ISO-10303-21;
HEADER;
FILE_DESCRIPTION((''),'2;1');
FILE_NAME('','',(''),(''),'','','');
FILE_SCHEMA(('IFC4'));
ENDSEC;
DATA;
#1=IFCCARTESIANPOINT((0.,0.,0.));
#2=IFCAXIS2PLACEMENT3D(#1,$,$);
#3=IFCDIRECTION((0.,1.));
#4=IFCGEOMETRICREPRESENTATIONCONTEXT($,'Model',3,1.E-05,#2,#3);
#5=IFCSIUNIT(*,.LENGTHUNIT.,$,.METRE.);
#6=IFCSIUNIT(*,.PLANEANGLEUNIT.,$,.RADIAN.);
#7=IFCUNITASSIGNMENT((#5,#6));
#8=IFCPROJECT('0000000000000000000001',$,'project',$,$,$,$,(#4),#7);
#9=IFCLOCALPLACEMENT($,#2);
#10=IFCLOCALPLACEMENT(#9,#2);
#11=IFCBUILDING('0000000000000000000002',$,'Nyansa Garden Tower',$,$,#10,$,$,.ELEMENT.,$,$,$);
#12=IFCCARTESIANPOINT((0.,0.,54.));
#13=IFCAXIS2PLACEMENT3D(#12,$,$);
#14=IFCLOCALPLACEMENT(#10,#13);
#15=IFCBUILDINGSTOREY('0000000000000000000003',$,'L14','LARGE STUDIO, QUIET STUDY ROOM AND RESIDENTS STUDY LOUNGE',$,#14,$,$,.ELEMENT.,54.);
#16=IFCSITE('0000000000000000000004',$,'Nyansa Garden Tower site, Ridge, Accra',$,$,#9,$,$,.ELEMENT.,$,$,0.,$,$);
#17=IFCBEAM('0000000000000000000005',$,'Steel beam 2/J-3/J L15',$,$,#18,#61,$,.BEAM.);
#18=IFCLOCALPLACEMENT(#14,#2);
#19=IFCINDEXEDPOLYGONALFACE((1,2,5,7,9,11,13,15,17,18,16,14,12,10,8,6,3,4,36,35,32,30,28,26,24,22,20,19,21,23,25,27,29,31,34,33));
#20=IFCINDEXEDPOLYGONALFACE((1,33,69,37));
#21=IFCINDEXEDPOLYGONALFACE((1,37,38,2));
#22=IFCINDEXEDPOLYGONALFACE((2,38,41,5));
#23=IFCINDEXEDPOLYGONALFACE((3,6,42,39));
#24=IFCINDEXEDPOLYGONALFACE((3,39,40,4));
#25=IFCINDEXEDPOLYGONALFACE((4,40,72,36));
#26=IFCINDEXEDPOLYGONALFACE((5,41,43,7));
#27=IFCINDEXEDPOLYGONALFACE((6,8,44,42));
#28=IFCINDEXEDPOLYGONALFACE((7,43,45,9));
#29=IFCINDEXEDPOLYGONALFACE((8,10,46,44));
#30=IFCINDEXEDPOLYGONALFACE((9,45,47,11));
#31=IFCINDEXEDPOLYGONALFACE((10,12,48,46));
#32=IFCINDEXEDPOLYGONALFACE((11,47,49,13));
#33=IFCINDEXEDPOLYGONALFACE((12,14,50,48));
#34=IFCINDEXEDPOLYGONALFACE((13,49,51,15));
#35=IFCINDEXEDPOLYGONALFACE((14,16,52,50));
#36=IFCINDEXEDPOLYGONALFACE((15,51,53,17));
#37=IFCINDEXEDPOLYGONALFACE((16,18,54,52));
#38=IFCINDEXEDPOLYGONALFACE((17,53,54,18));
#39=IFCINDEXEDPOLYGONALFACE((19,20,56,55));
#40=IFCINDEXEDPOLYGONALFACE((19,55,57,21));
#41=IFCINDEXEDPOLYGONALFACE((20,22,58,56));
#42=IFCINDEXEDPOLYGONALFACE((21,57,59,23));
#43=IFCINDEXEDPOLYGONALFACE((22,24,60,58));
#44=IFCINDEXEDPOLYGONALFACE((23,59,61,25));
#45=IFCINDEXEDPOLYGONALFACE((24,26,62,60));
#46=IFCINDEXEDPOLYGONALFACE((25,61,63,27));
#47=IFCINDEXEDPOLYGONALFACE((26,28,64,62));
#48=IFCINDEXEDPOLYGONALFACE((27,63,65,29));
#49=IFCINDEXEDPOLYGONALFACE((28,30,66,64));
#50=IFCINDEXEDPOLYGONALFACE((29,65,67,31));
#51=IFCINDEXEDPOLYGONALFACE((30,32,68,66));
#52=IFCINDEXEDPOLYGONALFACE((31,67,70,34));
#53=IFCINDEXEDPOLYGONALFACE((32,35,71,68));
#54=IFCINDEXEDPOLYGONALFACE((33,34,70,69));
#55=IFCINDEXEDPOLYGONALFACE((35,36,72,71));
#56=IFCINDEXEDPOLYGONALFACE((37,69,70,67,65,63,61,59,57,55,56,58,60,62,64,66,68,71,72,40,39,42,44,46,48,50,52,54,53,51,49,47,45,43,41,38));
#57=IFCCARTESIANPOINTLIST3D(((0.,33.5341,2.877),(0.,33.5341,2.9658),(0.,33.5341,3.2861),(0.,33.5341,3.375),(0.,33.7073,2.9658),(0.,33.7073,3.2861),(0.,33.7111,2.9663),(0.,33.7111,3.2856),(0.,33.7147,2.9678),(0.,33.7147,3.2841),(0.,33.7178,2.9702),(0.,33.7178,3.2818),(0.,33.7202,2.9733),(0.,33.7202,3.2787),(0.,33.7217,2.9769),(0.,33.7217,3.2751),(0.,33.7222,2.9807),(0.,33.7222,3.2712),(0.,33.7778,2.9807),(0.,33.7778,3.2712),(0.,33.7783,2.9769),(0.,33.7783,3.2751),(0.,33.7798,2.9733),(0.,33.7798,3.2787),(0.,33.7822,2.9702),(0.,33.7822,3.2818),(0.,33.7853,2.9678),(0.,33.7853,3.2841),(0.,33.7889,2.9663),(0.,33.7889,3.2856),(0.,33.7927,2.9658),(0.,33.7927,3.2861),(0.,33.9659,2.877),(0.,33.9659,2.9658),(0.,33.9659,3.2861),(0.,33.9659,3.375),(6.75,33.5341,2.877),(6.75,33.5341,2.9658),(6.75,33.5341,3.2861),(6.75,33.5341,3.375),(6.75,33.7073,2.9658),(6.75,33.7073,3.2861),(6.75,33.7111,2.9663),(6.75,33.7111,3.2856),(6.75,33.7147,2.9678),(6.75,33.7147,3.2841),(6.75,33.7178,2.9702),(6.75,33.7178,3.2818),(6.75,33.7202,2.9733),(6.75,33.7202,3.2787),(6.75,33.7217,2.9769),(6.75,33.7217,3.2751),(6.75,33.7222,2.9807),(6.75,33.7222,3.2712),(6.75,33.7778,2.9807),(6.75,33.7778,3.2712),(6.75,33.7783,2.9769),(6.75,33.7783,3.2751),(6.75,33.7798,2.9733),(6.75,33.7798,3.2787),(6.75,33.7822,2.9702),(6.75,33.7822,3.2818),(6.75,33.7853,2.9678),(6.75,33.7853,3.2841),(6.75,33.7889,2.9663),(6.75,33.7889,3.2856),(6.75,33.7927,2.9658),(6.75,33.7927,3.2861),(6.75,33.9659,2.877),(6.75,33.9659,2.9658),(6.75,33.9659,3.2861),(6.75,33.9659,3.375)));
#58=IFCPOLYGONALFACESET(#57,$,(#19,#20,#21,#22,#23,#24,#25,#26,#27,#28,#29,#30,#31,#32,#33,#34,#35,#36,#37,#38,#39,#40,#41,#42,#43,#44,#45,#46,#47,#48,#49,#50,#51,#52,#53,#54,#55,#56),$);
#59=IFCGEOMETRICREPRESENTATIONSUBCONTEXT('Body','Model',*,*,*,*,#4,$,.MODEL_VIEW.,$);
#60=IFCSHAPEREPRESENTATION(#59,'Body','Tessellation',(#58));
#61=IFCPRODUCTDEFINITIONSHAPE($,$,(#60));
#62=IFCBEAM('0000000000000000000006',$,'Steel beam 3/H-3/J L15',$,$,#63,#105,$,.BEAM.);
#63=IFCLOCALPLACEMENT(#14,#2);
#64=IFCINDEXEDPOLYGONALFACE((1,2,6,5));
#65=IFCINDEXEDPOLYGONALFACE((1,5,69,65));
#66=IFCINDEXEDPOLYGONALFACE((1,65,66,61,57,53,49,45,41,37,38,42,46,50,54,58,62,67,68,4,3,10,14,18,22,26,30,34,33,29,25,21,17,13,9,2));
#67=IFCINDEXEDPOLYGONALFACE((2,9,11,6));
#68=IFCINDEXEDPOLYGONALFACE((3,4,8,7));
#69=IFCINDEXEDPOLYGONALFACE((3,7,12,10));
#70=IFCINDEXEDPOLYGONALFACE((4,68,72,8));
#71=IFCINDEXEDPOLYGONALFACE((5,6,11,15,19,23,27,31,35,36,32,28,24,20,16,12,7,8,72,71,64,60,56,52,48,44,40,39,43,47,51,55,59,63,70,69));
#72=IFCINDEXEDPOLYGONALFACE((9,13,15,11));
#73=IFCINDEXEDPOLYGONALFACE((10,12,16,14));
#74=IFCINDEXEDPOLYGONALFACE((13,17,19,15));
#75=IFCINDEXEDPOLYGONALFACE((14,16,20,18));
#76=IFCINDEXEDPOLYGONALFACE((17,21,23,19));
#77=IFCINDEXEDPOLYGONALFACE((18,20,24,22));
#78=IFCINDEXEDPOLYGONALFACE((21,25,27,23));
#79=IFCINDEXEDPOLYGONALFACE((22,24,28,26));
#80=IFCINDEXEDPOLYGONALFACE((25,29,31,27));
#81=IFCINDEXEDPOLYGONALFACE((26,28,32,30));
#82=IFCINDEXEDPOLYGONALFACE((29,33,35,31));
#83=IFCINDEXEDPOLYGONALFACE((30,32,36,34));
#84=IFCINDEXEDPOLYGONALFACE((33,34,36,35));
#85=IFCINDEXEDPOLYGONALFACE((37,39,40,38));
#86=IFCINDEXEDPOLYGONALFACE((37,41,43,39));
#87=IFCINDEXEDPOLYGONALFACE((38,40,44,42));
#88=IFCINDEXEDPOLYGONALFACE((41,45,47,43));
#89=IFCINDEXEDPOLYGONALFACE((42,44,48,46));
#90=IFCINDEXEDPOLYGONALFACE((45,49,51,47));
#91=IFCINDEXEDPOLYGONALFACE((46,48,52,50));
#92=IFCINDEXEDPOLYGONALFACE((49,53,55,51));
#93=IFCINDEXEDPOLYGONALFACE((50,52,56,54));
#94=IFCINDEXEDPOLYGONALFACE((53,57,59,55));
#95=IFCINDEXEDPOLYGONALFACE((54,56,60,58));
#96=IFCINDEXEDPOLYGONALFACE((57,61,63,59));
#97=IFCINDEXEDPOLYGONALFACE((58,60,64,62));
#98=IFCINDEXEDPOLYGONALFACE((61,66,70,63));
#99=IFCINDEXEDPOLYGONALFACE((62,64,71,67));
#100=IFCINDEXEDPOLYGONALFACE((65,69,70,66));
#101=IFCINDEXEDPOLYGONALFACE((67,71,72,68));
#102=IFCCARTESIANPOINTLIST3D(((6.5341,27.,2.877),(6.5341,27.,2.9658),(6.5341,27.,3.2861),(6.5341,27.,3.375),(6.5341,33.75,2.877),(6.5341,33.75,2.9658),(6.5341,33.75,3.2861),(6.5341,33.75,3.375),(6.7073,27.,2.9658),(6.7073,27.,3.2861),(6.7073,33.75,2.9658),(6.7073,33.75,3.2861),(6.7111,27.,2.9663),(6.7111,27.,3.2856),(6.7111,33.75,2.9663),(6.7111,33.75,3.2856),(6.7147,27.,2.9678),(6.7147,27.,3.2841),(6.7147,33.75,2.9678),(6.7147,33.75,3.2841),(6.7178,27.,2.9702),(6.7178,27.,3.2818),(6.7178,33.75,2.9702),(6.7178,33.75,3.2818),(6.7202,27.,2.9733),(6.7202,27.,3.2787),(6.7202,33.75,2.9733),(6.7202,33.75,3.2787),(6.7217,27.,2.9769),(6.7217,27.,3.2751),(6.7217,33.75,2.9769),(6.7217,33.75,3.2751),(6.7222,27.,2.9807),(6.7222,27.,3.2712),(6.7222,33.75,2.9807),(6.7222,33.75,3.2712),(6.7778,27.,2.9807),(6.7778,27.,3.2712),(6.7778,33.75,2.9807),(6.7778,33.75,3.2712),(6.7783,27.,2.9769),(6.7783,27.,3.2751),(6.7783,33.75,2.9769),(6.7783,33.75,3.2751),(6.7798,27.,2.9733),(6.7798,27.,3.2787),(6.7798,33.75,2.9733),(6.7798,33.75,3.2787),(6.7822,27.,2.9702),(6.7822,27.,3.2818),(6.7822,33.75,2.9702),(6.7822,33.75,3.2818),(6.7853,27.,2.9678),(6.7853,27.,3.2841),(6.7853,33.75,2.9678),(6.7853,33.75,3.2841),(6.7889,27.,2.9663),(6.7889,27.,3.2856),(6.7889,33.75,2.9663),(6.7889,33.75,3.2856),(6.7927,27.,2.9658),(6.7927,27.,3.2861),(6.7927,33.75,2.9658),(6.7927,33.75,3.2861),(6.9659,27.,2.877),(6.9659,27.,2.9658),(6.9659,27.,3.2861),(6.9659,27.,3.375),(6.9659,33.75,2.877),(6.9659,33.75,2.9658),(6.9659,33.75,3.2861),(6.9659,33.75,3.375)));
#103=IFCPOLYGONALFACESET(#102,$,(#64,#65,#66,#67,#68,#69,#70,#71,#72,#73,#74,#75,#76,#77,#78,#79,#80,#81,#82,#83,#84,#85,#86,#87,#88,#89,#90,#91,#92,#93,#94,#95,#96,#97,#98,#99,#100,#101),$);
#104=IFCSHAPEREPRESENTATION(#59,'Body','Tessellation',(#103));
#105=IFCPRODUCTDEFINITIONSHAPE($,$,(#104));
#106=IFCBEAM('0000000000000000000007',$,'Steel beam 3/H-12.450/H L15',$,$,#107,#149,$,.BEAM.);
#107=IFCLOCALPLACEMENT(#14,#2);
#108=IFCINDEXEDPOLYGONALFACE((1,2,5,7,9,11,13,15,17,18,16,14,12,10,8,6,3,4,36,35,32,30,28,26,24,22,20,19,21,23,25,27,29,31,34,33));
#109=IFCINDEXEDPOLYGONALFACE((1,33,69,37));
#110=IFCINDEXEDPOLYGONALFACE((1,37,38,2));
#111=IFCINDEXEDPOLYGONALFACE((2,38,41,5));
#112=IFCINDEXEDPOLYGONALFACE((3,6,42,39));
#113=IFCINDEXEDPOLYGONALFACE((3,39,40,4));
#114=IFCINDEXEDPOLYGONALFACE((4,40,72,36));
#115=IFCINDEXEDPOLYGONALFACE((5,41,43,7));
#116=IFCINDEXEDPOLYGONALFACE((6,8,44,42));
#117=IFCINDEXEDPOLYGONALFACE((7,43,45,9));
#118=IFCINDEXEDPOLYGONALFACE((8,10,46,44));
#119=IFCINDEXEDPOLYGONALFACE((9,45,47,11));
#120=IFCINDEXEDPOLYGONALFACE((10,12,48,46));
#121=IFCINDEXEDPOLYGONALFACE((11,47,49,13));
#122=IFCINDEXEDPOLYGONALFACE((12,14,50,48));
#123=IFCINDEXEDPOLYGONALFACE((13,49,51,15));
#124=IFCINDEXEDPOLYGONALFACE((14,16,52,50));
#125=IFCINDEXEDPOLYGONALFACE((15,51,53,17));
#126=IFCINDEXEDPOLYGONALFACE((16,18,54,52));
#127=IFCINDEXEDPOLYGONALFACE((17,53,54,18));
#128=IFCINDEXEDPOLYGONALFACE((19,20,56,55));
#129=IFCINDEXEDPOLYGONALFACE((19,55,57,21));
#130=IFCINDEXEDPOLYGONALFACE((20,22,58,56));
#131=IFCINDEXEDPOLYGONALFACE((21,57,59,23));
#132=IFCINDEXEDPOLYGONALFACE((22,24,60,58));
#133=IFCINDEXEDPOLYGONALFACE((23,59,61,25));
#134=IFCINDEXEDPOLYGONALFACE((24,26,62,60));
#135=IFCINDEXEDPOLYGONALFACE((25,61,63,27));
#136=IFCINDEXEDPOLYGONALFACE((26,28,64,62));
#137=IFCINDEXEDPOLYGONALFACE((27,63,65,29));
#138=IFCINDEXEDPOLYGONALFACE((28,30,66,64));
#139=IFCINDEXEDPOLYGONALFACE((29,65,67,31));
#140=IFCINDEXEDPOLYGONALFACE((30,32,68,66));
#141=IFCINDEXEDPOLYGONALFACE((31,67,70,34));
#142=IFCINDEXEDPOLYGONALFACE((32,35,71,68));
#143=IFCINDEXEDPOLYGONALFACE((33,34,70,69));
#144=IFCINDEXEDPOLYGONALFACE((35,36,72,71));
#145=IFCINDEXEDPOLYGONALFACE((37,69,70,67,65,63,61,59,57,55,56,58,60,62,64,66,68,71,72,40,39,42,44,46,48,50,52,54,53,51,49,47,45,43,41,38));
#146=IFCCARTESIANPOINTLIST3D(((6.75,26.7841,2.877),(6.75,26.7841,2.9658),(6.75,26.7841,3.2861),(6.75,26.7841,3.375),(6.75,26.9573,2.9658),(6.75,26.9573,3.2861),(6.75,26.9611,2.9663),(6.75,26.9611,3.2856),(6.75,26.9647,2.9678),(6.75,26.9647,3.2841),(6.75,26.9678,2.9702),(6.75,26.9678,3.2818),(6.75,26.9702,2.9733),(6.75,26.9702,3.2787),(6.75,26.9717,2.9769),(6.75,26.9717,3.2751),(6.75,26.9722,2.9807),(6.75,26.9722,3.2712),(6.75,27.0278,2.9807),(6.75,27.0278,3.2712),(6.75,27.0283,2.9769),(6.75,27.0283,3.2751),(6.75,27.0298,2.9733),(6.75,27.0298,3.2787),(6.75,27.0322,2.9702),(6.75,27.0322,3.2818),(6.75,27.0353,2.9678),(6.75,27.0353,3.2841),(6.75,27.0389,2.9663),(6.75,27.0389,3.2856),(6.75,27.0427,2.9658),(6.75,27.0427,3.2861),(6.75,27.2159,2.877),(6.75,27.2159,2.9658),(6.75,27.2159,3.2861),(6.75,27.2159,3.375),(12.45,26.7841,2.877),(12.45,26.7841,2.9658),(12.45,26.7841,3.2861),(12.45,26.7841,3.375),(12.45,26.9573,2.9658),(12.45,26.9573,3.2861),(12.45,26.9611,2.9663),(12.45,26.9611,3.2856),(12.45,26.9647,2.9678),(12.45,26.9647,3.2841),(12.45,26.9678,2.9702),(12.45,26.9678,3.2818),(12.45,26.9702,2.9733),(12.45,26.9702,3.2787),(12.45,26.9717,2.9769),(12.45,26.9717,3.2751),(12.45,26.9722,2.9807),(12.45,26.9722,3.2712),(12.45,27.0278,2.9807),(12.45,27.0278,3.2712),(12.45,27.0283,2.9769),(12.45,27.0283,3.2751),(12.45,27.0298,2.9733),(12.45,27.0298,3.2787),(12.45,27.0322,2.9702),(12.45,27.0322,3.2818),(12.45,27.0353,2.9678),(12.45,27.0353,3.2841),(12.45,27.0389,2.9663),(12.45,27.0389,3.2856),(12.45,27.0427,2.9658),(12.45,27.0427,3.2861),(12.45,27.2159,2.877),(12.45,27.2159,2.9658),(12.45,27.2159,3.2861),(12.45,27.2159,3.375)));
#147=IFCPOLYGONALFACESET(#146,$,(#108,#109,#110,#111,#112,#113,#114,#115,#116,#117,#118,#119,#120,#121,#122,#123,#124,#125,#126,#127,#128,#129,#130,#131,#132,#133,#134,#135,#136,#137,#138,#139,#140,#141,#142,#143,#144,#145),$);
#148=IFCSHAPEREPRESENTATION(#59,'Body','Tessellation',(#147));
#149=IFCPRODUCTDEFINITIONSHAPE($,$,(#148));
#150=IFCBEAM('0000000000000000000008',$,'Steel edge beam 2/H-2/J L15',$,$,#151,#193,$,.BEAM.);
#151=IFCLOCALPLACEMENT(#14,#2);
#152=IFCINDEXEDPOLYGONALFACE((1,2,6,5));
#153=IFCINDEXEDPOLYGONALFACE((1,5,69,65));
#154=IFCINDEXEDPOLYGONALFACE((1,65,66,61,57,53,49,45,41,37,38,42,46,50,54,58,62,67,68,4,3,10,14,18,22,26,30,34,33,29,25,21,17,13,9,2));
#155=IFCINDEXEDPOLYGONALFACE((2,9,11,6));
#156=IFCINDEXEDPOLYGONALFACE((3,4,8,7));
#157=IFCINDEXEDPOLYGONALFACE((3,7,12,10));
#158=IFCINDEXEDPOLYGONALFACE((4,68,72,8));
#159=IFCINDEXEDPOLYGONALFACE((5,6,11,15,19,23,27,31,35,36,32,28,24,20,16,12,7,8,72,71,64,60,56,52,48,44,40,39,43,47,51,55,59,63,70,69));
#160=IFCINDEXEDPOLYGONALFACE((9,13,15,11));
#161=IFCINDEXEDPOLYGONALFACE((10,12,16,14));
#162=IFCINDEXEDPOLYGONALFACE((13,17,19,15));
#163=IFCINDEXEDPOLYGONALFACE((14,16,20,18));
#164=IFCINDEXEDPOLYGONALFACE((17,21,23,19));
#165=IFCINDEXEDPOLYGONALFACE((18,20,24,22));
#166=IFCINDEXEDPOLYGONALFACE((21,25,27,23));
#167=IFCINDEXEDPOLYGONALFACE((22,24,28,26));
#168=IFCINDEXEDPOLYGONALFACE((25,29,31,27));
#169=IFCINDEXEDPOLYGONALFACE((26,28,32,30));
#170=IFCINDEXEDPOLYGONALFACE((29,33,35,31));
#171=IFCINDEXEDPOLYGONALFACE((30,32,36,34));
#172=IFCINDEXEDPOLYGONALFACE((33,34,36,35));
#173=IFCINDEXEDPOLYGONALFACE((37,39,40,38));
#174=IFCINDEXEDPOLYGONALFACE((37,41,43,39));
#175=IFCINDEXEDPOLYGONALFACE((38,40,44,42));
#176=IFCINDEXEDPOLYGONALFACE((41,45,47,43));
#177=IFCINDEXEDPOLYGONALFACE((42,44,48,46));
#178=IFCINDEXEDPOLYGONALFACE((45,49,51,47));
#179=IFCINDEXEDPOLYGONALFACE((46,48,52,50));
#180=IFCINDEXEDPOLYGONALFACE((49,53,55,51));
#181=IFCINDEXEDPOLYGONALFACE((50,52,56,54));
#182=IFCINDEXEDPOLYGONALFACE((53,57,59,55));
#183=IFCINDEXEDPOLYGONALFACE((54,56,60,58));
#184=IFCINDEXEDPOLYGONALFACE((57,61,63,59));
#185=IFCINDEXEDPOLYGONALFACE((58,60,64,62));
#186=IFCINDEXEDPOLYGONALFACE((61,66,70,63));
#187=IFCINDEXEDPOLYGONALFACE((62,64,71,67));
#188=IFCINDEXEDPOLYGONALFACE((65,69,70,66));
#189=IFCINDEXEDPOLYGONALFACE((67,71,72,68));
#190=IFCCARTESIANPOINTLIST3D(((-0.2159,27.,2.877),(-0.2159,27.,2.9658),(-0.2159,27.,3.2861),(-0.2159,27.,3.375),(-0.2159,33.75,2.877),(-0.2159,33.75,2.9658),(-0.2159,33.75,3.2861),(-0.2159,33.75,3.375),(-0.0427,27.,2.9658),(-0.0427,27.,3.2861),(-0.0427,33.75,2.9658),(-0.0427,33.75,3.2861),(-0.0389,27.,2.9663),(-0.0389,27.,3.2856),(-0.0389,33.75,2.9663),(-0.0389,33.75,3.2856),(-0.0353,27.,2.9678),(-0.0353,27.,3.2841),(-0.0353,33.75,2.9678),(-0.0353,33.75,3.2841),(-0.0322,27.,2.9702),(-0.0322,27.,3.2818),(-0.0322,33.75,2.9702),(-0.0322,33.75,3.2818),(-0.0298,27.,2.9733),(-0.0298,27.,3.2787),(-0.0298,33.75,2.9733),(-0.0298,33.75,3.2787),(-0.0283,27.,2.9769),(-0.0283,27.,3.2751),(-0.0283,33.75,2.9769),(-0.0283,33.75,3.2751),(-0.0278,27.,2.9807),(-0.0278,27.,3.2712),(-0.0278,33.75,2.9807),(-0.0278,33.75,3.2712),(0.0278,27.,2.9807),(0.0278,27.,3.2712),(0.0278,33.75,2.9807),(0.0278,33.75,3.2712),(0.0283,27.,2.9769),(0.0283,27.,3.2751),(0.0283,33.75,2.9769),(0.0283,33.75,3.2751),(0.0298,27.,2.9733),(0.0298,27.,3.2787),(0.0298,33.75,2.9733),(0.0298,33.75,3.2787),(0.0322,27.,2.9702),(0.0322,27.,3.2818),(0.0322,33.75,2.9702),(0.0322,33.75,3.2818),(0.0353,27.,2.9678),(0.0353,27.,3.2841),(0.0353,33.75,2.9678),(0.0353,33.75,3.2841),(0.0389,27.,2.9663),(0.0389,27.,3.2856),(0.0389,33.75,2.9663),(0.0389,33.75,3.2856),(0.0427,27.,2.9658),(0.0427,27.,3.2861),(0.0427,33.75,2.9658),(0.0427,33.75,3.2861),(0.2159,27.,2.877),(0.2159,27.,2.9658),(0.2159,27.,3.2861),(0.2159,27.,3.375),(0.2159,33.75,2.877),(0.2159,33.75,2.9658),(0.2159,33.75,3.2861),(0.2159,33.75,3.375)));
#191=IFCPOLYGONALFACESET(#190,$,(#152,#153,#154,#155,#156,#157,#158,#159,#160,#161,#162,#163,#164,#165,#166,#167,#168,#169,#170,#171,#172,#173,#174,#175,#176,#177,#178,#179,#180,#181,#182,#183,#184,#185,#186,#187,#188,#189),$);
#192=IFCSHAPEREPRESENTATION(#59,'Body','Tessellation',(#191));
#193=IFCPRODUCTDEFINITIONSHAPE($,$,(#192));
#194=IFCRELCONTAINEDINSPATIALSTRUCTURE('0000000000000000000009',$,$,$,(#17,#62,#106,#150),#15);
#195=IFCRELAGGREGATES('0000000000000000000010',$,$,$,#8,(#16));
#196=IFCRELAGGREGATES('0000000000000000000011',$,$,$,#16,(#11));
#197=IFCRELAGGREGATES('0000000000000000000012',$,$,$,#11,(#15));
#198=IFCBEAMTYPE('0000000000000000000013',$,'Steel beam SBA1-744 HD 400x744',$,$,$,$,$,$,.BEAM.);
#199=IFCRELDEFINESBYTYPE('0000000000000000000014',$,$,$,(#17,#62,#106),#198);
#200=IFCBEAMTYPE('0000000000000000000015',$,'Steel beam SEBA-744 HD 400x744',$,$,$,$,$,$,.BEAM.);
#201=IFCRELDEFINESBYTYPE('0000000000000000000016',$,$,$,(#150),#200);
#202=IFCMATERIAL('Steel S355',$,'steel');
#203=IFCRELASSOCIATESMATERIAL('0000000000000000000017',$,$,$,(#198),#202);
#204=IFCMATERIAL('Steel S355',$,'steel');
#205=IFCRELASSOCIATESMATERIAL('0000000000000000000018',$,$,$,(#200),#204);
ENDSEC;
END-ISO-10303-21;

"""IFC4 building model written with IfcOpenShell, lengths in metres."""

from ifc_helpers import new_model, si_unit, direction, frame, origin, origin_2d, place, context, subcontext, project, spatial, i_section, extrude, material, material_profile, profile_set, type_object, element, save


model = new_model("IFC4")

# Units and contexts
model_context = context("Model", 3, precision=1e-05, world=origin(), true_north=direction((0.0, 1.0)))
body_context = subcontext(model_context, "Body", "Model", "MODEL_VIEW")
ifc_project = project(units=[si_unit("LENGTHUNIT", "METRE"), si_unit("PLANEANGLEUNIT", "RADIAN")], contexts=[model_context])

# Site, building, storey
site_placement = place(None, origin())
site = spatial("IfcSite", under=ifc_project, at=site_placement, Name="Nyansa Garden Tower site, Ridge, Accra", CompositionType="ELEMENT", RefElevation=0.0)
building_placement = place(site_placement, origin())
building = spatial("IfcBuilding", under=site, at=building_placement, Name="Nyansa Garden Tower", CompositionType="ELEMENT")
storey_placement = place(building_placement, frame((0.0, 0.0, 54.0)))
storey = spatial("IfcBuildingStorey", under=building, at=storey_placement, Name="L14", Description="LARGE STUDIO, QUIET STUDY ROOM AND RESIDENTS STUDY LOUNGE", CompositionType="ELEMENT", Elevation=54.0)

# Beams
ifc_material_1 = material(Name="Steel S355", Category="steel")
ifc_material_profile_1 = material_profile(ifc_material_1, i_section(OverallWidth=0.4319, OverallDepth=0.498, WebThickness=0.0557, FlangeThickness=0.0889, FilletRadius=0.0149, at=origin_2d()), Name="HD 400x744")
ifc_profile_set_1 = profile_set([ifc_material_profile_1], Name="Steel S355")
beam_type_1 = type_object("IfcBeamType", Name="Steel beam SBA1-744 HD 400x744", PredefinedType="BEAM", material=ifc_profile_set_1)
for number, where, z_axis, x_axis, name in (
    (1, (0.0, 33.75, 3.126), (1.0, 0.0, 0.0), (0.0, 1.0, 0.0), "Steel beam 2/J-3/J L15"),
    (2, (6.75, 27.0, 3.126), (0.0, 1.0, 0.0), (-1.0, 0.0, 0.0), "Steel beam 3/H-3/J L15"),
):
    element("IfcBeam", number, at=place(storey_placement, frame(where, z_axis=z_axis, x_axis=x_axis)), inside=storey, type_object=beam_type_1, Name=name, PredefinedType="BEAM", context=body_context, shape_type="SweptSolid", body=[
        extrude(i_section(OverallWidth=0.4319, OverallDepth=0.498, WebThickness=0.0557, FlangeThickness=0.0889, FilletRadius=0.0149, at=origin_2d()), origin(), (0.0, 0.0, 1.0), 6.75),
    ])
beam_1_placement = place(storey_placement, frame((6.75, 27.0, 3.126), z_axis=(1.0, 0.0, 0.0), x_axis=(0.0, 1.0, 0.0)))
element("IfcBeam", 3, at=beam_1_placement, inside=storey, type_object=beam_type_1, Name="Steel beam 3/H-12.450/H L15", PredefinedType="BEAM", context=body_context, shape_type="SweptSolid", body=[
    extrude(i_section(OverallWidth=0.4319, OverallDepth=0.498, WebThickness=0.0557, FlangeThickness=0.0889, FilletRadius=0.0149, at=origin_2d()), origin(), (0.0, 0.0, 1.0), 5.7),
])
ifc_material_2 = material(Name="Steel S355", Category="steel")
ifc_material_profile_2 = material_profile(ifc_material_2, i_section(OverallWidth=0.4319, OverallDepth=0.498, WebThickness=0.0557, FlangeThickness=0.0889, FilletRadius=0.0149, at=origin_2d()), Name="HD 400x744")
ifc_profile_set_2 = profile_set([ifc_material_profile_2], Name="Steel S355")
beam_type_2 = type_object("IfcBeamType", Name="Steel beam SEBA-744 HD 400x744", PredefinedType="BEAM", material=ifc_profile_set_2)
beam_2_placement = place(storey_placement, frame((0.0, 27.0, 3.126), z_axis=(0.0, 1.0, 0.0), x_axis=(-1.0, 0.0, 0.0)))
element("IfcBeam", 4, at=beam_2_placement, inside=storey, type_object=beam_type_2, Name="Steel edge beam 2/H-2/J L15", PredefinedType="BEAM", context=body_context, shape_type="SweptSolid", body=[
    extrude(i_section(OverallWidth=0.4319, OverallDepth=0.498, WebThickness=0.0557, FlangeThickness=0.0889, FilletRadius=0.0149, at=origin_2d()), origin(), (0.0, 0.0, 1.0), 6.75),
])

save(model, "model.ifc")
